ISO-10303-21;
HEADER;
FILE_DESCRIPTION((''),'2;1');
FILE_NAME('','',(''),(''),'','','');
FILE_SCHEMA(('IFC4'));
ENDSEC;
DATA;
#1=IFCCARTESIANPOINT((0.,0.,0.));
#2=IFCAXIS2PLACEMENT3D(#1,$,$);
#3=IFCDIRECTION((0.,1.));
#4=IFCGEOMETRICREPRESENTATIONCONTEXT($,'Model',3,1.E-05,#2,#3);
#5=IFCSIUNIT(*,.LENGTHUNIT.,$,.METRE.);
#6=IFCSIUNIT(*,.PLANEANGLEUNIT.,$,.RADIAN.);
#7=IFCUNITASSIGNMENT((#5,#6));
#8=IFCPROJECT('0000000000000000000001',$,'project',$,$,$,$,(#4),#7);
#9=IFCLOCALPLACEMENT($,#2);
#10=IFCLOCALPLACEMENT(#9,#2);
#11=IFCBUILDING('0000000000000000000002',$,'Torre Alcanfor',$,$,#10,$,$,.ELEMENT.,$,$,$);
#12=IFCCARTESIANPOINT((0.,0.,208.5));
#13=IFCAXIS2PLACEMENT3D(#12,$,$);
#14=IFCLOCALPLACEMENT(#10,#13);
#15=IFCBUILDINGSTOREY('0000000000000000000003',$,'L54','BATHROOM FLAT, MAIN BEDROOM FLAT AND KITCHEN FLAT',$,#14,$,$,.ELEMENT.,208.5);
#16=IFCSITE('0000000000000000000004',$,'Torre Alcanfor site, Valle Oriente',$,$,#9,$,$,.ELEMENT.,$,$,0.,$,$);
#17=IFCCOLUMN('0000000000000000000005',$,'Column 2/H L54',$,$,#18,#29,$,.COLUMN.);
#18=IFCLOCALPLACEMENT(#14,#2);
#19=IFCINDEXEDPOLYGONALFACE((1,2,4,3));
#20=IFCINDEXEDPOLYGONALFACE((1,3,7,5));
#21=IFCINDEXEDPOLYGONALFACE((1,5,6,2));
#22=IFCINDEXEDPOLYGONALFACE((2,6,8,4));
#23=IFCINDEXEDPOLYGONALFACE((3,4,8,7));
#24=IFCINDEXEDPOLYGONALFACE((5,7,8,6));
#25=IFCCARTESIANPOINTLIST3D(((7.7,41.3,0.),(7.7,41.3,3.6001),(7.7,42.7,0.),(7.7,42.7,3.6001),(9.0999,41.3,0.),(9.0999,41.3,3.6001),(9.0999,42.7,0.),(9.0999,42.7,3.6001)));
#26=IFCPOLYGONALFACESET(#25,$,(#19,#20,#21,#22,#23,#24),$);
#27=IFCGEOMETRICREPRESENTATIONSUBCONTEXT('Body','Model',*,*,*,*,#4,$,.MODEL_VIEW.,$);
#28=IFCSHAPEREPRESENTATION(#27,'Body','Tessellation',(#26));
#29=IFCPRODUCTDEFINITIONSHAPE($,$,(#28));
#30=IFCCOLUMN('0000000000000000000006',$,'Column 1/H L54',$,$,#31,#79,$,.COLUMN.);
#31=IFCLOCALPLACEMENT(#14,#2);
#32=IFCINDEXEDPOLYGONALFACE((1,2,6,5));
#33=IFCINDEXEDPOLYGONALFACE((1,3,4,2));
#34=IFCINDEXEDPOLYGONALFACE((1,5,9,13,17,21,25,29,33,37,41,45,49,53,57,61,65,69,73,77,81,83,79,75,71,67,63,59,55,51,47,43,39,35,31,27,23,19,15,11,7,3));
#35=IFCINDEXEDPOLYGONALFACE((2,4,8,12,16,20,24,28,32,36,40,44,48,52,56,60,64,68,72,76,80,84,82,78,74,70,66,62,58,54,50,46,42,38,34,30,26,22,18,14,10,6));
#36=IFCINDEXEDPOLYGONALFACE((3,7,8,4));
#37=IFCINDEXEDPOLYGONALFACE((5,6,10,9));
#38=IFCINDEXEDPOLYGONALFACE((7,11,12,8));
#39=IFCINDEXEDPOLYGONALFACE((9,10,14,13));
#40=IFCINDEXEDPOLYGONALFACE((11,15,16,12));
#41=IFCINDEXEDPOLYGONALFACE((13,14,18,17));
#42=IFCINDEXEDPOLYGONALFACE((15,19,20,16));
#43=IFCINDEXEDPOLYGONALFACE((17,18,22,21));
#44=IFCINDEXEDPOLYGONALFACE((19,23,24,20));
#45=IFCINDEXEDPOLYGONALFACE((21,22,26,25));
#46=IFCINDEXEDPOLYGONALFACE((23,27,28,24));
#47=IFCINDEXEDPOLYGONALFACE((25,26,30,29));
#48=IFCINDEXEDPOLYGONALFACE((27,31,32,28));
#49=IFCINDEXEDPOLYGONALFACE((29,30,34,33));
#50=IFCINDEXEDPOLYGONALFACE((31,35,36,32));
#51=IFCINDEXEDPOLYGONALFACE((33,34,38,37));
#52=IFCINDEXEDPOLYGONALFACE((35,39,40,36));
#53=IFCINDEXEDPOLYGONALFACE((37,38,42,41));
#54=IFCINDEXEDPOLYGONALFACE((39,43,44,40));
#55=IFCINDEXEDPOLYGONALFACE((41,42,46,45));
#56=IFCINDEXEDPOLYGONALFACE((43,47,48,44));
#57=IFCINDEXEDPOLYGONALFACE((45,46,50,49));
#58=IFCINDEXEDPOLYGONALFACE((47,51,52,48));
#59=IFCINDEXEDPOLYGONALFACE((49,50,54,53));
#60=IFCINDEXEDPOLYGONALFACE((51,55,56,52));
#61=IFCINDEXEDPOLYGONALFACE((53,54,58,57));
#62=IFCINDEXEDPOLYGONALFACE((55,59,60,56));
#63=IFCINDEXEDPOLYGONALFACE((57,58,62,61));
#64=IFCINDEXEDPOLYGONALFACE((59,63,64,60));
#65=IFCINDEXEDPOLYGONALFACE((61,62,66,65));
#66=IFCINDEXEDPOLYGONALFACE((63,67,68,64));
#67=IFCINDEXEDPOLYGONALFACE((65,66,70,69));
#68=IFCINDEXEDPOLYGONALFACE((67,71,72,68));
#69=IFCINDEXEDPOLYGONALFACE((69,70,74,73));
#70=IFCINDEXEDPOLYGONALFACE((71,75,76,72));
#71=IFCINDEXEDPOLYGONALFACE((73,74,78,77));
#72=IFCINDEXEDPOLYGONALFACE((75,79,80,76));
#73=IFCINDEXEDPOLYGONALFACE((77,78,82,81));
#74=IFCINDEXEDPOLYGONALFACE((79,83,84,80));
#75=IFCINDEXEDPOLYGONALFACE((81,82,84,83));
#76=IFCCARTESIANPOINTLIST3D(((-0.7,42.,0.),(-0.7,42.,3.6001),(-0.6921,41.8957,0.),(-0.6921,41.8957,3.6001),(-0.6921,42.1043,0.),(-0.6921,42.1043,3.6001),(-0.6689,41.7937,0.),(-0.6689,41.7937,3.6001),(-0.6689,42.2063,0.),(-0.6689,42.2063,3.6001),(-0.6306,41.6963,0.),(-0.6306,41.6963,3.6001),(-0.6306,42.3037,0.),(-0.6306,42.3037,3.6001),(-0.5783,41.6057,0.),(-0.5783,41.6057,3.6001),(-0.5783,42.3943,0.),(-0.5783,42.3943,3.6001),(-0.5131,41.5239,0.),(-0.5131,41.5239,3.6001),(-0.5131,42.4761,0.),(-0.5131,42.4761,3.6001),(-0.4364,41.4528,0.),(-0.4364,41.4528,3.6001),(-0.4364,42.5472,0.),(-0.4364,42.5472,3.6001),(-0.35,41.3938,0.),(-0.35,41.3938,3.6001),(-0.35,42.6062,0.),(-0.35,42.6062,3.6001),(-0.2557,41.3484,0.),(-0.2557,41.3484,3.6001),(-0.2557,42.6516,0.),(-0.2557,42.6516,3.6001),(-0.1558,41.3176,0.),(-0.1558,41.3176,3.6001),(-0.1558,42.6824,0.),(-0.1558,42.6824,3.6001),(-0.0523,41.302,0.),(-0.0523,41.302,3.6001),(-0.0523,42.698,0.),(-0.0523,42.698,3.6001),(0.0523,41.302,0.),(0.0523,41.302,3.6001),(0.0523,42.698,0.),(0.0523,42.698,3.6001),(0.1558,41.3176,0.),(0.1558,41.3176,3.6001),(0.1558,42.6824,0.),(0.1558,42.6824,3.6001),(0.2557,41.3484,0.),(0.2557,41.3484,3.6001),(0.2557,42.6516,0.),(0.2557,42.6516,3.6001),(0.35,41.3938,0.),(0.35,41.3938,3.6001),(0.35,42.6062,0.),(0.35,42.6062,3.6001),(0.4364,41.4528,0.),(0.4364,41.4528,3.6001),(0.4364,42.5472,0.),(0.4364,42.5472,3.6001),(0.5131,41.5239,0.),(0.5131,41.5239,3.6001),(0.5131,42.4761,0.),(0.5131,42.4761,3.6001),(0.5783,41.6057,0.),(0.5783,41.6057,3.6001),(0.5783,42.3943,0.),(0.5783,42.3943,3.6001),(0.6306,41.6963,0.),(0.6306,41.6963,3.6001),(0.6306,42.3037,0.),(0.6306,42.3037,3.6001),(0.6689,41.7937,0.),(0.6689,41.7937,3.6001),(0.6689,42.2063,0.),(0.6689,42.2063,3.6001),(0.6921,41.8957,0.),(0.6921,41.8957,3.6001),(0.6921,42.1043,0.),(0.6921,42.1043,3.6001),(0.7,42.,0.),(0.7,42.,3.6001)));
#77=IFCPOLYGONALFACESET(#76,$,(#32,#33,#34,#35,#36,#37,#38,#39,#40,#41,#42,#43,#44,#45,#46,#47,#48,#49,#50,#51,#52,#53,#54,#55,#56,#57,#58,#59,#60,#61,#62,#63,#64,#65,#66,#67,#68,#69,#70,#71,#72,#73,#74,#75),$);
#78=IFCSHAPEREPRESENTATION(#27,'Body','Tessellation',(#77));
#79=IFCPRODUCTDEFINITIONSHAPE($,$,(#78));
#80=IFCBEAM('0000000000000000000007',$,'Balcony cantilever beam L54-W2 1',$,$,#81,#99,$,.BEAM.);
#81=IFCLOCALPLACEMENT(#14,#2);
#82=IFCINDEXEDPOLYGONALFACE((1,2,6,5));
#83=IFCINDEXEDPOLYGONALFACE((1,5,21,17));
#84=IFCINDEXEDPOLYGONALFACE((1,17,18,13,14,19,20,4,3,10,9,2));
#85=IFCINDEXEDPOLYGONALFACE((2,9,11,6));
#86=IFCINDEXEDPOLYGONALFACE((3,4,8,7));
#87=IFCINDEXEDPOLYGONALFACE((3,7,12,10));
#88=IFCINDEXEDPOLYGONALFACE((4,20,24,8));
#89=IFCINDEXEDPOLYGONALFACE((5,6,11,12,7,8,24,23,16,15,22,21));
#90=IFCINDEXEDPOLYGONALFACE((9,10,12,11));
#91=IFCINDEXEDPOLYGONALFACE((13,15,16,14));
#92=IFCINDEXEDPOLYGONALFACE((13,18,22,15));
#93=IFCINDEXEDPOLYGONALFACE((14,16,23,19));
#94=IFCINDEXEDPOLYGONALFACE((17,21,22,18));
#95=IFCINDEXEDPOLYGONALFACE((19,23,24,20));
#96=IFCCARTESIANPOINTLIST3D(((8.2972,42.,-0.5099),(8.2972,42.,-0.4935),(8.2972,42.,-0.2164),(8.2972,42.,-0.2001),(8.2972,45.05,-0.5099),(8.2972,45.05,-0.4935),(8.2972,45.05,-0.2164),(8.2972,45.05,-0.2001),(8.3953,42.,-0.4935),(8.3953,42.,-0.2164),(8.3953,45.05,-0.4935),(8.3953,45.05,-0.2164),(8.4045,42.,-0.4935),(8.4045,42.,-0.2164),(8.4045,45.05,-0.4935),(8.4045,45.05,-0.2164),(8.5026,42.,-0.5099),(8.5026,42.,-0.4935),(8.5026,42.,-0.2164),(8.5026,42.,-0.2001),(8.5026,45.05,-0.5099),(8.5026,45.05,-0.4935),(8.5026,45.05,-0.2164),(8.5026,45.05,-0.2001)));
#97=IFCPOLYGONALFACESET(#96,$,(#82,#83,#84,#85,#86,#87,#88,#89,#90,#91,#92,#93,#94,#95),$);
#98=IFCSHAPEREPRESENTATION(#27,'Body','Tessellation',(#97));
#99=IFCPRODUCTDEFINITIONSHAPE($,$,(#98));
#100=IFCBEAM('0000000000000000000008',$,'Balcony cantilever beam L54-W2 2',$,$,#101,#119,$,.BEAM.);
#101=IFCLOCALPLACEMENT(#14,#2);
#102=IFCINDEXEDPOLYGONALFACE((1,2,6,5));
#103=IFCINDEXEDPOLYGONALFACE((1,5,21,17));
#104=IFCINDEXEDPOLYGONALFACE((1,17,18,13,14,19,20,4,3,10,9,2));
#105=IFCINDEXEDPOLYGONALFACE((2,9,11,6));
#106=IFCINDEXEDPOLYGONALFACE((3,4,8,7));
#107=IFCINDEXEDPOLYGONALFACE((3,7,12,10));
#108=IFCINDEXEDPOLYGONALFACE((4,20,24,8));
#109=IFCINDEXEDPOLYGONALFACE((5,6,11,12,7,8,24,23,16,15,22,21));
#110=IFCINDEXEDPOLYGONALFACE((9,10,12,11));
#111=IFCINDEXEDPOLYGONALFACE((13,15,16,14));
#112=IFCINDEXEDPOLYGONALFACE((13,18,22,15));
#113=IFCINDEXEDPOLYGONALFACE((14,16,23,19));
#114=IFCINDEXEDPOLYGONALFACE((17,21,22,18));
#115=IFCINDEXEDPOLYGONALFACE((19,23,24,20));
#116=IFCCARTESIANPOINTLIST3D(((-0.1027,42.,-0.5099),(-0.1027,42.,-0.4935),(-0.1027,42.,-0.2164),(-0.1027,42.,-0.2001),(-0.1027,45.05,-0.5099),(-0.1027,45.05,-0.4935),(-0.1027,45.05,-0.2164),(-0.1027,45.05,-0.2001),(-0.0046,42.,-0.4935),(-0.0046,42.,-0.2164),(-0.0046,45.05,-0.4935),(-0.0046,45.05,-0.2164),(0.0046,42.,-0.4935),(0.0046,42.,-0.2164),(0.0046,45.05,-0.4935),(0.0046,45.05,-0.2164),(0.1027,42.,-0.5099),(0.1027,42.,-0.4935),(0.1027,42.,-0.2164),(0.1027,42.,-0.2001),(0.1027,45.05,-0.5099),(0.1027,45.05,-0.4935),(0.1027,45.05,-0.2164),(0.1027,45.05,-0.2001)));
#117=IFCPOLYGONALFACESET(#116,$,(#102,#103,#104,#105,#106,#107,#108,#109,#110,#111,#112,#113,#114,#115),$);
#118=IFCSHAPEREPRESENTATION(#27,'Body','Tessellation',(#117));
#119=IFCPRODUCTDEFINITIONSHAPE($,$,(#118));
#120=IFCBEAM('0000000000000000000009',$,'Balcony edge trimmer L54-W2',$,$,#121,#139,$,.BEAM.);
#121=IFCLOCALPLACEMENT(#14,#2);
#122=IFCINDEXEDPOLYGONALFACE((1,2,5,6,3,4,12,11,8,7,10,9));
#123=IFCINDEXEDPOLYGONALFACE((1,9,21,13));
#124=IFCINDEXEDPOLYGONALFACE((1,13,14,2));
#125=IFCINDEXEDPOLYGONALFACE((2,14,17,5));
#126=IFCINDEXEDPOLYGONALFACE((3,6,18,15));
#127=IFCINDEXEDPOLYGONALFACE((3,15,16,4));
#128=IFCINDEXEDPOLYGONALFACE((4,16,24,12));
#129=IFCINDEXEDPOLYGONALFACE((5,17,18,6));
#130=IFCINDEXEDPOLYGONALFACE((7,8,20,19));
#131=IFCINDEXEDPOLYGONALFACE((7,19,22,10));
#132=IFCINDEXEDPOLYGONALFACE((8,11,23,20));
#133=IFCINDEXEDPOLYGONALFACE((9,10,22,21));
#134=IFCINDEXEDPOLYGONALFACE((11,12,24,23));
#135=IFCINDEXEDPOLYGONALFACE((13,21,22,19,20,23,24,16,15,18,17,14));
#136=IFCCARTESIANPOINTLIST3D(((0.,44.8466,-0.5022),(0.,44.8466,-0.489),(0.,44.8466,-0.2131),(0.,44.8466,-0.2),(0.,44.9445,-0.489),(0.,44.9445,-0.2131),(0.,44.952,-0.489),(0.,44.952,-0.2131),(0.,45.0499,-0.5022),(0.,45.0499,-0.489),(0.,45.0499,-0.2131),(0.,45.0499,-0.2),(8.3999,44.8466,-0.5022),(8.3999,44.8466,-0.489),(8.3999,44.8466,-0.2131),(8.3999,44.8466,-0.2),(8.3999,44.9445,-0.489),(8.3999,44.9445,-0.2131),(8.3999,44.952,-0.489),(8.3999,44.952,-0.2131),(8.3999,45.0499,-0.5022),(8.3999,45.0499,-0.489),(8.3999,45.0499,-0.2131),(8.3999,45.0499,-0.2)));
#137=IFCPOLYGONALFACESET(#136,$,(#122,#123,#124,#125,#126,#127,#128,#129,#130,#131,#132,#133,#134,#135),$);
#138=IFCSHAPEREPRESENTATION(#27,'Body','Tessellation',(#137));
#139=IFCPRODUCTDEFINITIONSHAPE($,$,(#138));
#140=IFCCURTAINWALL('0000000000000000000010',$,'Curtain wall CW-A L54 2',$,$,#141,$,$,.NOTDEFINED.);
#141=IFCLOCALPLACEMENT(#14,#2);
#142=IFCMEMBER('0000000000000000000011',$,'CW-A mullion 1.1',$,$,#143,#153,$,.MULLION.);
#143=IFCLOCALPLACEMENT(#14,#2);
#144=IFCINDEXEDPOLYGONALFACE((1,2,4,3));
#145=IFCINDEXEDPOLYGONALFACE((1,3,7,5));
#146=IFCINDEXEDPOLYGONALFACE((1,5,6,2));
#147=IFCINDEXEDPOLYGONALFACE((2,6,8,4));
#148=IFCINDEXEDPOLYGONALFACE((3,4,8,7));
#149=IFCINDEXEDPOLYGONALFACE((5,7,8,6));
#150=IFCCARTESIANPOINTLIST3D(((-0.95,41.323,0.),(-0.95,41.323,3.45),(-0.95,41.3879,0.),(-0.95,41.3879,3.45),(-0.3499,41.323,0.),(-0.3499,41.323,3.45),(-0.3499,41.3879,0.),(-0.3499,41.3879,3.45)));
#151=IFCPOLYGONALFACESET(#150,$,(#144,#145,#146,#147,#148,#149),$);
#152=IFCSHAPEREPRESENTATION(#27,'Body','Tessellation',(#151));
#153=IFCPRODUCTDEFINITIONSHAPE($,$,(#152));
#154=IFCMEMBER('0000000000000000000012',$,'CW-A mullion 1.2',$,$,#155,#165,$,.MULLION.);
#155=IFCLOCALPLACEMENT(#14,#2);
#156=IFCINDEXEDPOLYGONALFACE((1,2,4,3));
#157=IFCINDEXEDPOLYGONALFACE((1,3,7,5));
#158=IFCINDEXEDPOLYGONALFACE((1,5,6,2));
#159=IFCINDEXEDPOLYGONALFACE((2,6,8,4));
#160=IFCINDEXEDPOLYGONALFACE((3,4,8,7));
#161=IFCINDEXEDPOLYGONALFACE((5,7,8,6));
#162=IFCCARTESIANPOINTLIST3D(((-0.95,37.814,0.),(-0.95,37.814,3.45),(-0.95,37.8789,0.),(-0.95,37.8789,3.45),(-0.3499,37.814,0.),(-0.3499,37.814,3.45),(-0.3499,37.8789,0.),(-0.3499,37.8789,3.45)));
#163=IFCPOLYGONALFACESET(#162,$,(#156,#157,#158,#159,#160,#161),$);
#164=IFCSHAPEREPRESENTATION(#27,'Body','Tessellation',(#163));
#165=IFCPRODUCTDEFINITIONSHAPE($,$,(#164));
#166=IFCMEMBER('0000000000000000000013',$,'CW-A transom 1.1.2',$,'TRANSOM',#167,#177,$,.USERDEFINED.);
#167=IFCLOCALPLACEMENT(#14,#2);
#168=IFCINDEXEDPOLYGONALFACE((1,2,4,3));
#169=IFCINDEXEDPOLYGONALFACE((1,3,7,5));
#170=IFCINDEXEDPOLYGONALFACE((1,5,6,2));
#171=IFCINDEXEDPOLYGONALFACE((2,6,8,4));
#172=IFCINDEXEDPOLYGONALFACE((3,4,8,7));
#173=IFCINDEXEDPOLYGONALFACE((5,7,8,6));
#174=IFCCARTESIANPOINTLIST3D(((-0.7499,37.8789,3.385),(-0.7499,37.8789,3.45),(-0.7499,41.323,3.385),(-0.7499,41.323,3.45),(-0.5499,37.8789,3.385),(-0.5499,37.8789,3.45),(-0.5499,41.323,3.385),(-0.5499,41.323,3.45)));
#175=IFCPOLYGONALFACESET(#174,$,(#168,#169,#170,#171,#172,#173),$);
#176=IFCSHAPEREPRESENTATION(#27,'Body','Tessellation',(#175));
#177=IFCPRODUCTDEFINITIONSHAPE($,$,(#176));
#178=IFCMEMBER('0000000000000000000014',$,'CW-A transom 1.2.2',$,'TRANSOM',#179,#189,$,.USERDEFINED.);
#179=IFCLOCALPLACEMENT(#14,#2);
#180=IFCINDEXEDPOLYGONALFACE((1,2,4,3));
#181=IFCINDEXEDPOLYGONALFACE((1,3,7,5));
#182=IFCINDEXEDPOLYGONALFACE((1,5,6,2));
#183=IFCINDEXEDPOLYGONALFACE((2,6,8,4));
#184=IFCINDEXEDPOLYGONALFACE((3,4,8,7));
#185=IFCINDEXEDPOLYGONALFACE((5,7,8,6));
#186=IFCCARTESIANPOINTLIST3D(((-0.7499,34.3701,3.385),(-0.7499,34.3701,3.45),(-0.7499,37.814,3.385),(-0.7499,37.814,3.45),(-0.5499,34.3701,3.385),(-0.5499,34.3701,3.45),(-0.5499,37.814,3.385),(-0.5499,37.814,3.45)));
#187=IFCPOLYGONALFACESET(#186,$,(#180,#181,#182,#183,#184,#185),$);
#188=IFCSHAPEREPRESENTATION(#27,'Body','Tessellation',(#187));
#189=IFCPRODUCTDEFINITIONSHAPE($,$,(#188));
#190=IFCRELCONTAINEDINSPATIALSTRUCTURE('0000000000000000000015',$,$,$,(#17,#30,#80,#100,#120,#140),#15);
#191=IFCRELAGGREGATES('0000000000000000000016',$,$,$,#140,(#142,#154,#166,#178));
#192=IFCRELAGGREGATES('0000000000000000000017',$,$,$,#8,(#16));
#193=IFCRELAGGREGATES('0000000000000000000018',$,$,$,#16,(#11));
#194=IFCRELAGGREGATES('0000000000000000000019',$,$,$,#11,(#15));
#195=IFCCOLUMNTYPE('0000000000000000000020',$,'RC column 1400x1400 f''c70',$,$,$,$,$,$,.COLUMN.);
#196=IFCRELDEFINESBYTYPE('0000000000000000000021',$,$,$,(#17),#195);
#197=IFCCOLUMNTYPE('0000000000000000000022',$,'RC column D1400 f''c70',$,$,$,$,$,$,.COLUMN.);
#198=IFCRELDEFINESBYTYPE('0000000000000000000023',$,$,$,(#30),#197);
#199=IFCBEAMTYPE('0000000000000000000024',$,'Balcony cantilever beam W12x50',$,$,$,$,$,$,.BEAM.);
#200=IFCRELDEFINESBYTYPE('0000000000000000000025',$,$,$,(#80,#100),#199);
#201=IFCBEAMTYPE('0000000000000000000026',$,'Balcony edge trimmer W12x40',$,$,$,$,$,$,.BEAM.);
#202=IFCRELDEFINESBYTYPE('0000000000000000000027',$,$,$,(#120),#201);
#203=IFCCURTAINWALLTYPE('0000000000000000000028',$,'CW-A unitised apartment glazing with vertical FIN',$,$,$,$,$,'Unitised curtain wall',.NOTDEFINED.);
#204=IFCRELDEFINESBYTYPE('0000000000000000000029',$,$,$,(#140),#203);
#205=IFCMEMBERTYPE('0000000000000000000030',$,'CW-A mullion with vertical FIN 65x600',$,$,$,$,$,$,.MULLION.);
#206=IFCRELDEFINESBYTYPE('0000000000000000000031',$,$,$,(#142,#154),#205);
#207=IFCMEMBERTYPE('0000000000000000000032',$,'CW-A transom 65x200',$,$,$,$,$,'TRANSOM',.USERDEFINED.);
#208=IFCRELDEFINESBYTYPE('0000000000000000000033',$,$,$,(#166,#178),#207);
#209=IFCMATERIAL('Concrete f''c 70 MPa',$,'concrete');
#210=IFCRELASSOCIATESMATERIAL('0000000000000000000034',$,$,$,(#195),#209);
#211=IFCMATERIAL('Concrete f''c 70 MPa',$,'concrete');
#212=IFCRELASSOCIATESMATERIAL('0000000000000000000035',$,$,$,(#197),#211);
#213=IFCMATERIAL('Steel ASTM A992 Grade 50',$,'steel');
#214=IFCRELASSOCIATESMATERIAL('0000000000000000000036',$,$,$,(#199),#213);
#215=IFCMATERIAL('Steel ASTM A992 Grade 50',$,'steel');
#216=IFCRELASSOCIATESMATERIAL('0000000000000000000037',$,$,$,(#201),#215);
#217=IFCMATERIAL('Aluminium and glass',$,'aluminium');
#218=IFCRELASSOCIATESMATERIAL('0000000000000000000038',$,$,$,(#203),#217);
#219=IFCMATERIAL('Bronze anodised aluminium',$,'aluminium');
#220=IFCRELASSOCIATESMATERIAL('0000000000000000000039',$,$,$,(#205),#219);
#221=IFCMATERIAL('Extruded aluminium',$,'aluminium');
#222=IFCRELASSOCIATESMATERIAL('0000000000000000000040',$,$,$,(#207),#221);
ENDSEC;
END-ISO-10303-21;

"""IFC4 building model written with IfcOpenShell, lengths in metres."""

from ifc_helpers import new_model, si_unit, direction, frame, origin, origin_2d, place, context, subcontext, project, spatial, rectangle, circle, i_section, extrude, material, material_profile, profile_set, type_object, element, aggregate, save


model = new_model("IFC4")

# Units and contexts
model_context = context("Model", 3, precision=1e-05, world=origin(), true_north=direction((0.0, 1.0)))
body_context = subcontext(model_context, "Body", "Model", "MODEL_VIEW")
ifc_project = project(units=[si_unit("LENGTHUNIT", "METRE"), si_unit("PLANEANGLEUNIT", "RADIAN")], contexts=[model_context])

# Site, building, storey
site_placement = place(None, origin())
site = spatial("IfcSite", under=ifc_project, at=site_placement, Name="Torre Alcanfor site, Valle Oriente", CompositionType="ELEMENT", RefElevation=0.0)
building_placement = place(site_placement, origin())
building = spatial("IfcBuilding", under=site, at=building_placement, Name="Torre Alcanfor", CompositionType="ELEMENT")
storey_placement = place(building_placement, frame((0.0, 0.0, 208.5)))
storey = spatial("IfcBuildingStorey", under=building, at=storey_placement, Name="L54", Description="BATHROOM FLAT, MAIN BEDROOM FLAT AND KITCHEN FLAT", CompositionType="ELEMENT", Elevation=208.5)

# Columns
ifc_material_1 = material(Name="Concrete f'c 70 MPa", Category="concrete")
ifc_material_profile_1 = material_profile(ifc_material_1, rectangle(XDim=1.3999, YDim=1.3999, at=origin_2d()), Name="1400x1400")
ifc_profile_set_1 = profile_set([ifc_material_profile_1], Name="Concrete f'c 70 MPa")
column_type_1 = type_object("IfcColumnType", Name="RC column 1400x1400 f'c70", PredefinedType="COLUMN", material=ifc_profile_set_1)
column_1_placement = place(storey_placement, frame((8.3999, 42.0, 0.0), z_axis=(0.0, 0.0, 1.0), x_axis=(1.0, 0.0, 0.0)))
element("IfcColumn", 1, at=column_1_placement, inside=storey, type_object=column_type_1, Name="Column 2/H L54", PredefinedType="COLUMN", context=body_context, shape_type="SweptSolid", body=[
    extrude(rectangle(XDim=1.3999, YDim=1.3999, at=origin_2d()), origin(), (0.0, 0.0, 1.0), 3.6001),
])
ifc_material_2 = material(Name="Concrete f'c 70 MPa", Category="concrete")
ifc_material_profile_2 = material_profile(ifc_material_2, circle(Radius=0.7, at=origin_2d()), Name="D1400")
ifc_profile_set_2 = profile_set([ifc_material_profile_2], Name="Concrete f'c 70 MPa")
column_type_2 = type_object("IfcColumnType", Name="RC column D1400 f'c70", PredefinedType="COLUMN", material=ifc_profile_set_2)
column_2_placement = place(storey_placement, frame((0.0, 42.0, 0.0), z_axis=(0.0, 0.0, 1.0), x_axis=(1.0, 0.0, 0.0)))
element("IfcColumn", 2, at=column_2_placement, inside=storey, type_object=column_type_2, Name="Column 1/H L54", PredefinedType="COLUMN", context=body_context, shape_type="SweptSolid", body=[
    extrude(circle(Radius=0.7, at=origin_2d()), origin(), (0.0, 0.0, 1.0), 3.6001),
])

# Beams
ifc_material_3 = material(Name="Steel ASTM A992 Grade 50", Category="steel")
ifc_material_profile_3 = material_profile(ifc_material_3, i_section(OverallWidth=0.2053, OverallDepth=0.3098, WebThickness=0.0093, FlangeThickness=0.0164, at=origin_2d()), Name="W12x50")
ifc_profile_set_3 = profile_set([ifc_material_profile_3], Name="Steel ASTM A992 Grade 50")
beam_type_1 = type_object("IfcBeamType", Name="Balcony cantilever beam W12x50", PredefinedType="BEAM", material=ifc_profile_set_3)
for number, where, z_axis, x_axis, name in (
    (3, (8.3999, 42.0, -0.355), (0.0, 1.0, 0.0), (-1.0, 0.0, 0.0), "Balcony cantilever beam L54-W2 1"),
    (4, (0.0, 42.0, -0.355), (0.0, 1.0, 0.0), (-1.0, 0.0, 0.0), "Balcony cantilever beam L54-W2 2"),
):
    element("IfcBeam", number, at=place(storey_placement, frame(where, z_axis=z_axis, x_axis=x_axis)), inside=storey, type_object=beam_type_1, Name=name, PredefinedType="BEAM", context=body_context, shape_type="SweptSolid", body=[
        extrude(i_section(OverallWidth=0.2053, OverallDepth=0.3098, WebThickness=0.0093, FlangeThickness=0.0164, at=origin_2d()), origin(), (0.0, 0.0, 1.0), 3.05),
    ])
ifc_material_4 = material(Name="Steel ASTM A992 Grade 50", Category="steel")
ifc_material_profile_4 = material_profile(ifc_material_4, i_section(OverallWidth=0.2034, OverallDepth=0.3022, WebThickness=0.0076, FlangeThickness=0.0132, at=origin_2d()), Name="W12x40")
ifc_profile_set_4 = profile_set([ifc_material_profile_4], Name="Steel ASTM A992 Grade 50")
beam_type_2 = type_object("IfcBeamType", Name="Balcony edge trimmer W12x40", PredefinedType="BEAM", material=ifc_profile_set_4)
beam_1_placement = place(storey_placement, frame((8.3999, 44.9482, -0.3511), z_axis=(-1.0, 0.0, 0.0), x_axis=(0.0, -1.0, 0.0)))
element("IfcBeam", 5, at=beam_1_placement, inside=storey, type_object=beam_type_2, Name="Balcony edge trimmer L54-W2", PredefinedType="BEAM", context=body_context, shape_type="SweptSolid", body=[
    extrude(i_section(OverallWidth=0.2034, OverallDepth=0.3022, WebThickness=0.0076, FlangeThickness=0.0132, at=origin_2d()), origin(), (0.0, 0.0, 1.0), 8.3999),
])

# Curtain wall, members
ifc_material_5 = material(Name="Aluminium and glass", Category="aluminium")
curtain_wall_type = type_object("IfcCurtainWallType", Name="CW-A unitised apartment glazing with vertical FIN", ElementType="Unitised curtain wall", PredefinedType="NOTDEFINED", material=ifc_material_5)
curtain_wall_placement = place(storey_placement, origin())
curtain_wall = element("IfcCurtainWall", 6, at=curtain_wall_placement, inside=storey, type_object=curtain_wall_type, Name="Curtain wall CW-A L54 2", PredefinedType="NOTDEFINED")
ifc_material_6 = material(Name="Bronze anodised aluminium", Category="aluminium")
ifc_material_profile_5 = material_profile(ifc_material_6, rectangle(XDim=0.6001, YDim=0.0649, at=origin_2d()), Name="CW-A mullion 65x600")
ifc_profile_set_5 = profile_set([ifc_material_profile_5], Name="Bronze anodised aluminium")
member_type_1 = type_object("IfcMemberType", Name="CW-A mullion with vertical FIN 65x600", PredefinedType="MULLION", material=ifc_profile_set_5)
member_1_placement = place(storey_placement, frame((-0.6499, 41.3555, 0.0), z_axis=(0.0, 0.0, 1.0), x_axis=(1.0, 0.0, 0.0)))
member_1 = element("IfcMember", 7, at=member_1_placement, type_object=member_type_1, Name="CW-A mullion 1.1", PredefinedType="MULLION", context=body_context, shape_type="SweptSolid", body=[
    extrude(rectangle(XDim=0.6001, YDim=0.0649, at=origin_2d()), origin(), (0.0, 0.0, 1.0), 3.45),
])
member_2_placement = place(storey_placement, frame((-0.6499, 37.8464, 0.0), z_axis=(0.0, 0.0, 1.0), x_axis=(1.0, 0.0, 0.0)))
member_2 = element("IfcMember", 8, at=member_2_placement, type_object=member_type_1, Name="CW-A mullion 1.2", PredefinedType="MULLION", context=body_context, shape_type="SweptSolid", body=[
    extrude(rectangle(XDim=0.6001, YDim=0.0649, at=origin_2d()), origin(), (0.0, 0.0, 1.0), 3.45),
])
ifc_material_7 = material(Name="Extruded aluminium", Category="aluminium")
ifc_material_profile_6 = material_profile(ifc_material_7, rectangle(XDim=0.2, YDim=0.0649, at=origin_2d()), Name="CW-A transom 200x65")
ifc_profile_set_6 = profile_set([ifc_material_profile_6], Name="Extruded aluminium")
member_type_2 = type_object("IfcMemberType", Name="CW-A transom 65x200", ElementType="TRANSOM", PredefinedType="USERDEFINED", material=ifc_profile_set_6)
member_3_placement = place(storey_placement, frame((-0.6499, 41.323, 3.4175), z_axis=(0.0, -1.0, 0.0), x_axis=(1.0, 0.0, 0.0)))
member_3 = element("IfcMember", 9, at=member_3_placement, type_object=member_type_2, Name="CW-A transom 1.1.2", ObjectType="TRANSOM", PredefinedType="USERDEFINED", context=body_context, shape_type="SweptSolid", body=[
    extrude(rectangle(XDim=0.2, YDim=0.0649, at=origin_2d()), origin(), (0.0, 0.0, 1.0), 3.4441),
])
member_4_placement = place(storey_placement, frame((-0.6499, 37.814, 3.4175), z_axis=(0.0, -1.0, 0.0), x_axis=(1.0, 0.0, 0.0)))
member_4 = element("IfcMember", 10, at=member_4_placement, type_object=member_type_2, Name="CW-A transom 1.2.2", ObjectType="TRANSOM", PredefinedType="USERDEFINED", context=body_context, shape_type="SweptSolid", body=[
    extrude(rectangle(XDim=0.2, YDim=0.0649, at=origin_2d()), origin(), (0.0, 0.0, 1.0), 3.4438),
])

aggregate(curtain_wall, [member_1, member_2, member_3, member_4])

save(model, "model.ifc")
